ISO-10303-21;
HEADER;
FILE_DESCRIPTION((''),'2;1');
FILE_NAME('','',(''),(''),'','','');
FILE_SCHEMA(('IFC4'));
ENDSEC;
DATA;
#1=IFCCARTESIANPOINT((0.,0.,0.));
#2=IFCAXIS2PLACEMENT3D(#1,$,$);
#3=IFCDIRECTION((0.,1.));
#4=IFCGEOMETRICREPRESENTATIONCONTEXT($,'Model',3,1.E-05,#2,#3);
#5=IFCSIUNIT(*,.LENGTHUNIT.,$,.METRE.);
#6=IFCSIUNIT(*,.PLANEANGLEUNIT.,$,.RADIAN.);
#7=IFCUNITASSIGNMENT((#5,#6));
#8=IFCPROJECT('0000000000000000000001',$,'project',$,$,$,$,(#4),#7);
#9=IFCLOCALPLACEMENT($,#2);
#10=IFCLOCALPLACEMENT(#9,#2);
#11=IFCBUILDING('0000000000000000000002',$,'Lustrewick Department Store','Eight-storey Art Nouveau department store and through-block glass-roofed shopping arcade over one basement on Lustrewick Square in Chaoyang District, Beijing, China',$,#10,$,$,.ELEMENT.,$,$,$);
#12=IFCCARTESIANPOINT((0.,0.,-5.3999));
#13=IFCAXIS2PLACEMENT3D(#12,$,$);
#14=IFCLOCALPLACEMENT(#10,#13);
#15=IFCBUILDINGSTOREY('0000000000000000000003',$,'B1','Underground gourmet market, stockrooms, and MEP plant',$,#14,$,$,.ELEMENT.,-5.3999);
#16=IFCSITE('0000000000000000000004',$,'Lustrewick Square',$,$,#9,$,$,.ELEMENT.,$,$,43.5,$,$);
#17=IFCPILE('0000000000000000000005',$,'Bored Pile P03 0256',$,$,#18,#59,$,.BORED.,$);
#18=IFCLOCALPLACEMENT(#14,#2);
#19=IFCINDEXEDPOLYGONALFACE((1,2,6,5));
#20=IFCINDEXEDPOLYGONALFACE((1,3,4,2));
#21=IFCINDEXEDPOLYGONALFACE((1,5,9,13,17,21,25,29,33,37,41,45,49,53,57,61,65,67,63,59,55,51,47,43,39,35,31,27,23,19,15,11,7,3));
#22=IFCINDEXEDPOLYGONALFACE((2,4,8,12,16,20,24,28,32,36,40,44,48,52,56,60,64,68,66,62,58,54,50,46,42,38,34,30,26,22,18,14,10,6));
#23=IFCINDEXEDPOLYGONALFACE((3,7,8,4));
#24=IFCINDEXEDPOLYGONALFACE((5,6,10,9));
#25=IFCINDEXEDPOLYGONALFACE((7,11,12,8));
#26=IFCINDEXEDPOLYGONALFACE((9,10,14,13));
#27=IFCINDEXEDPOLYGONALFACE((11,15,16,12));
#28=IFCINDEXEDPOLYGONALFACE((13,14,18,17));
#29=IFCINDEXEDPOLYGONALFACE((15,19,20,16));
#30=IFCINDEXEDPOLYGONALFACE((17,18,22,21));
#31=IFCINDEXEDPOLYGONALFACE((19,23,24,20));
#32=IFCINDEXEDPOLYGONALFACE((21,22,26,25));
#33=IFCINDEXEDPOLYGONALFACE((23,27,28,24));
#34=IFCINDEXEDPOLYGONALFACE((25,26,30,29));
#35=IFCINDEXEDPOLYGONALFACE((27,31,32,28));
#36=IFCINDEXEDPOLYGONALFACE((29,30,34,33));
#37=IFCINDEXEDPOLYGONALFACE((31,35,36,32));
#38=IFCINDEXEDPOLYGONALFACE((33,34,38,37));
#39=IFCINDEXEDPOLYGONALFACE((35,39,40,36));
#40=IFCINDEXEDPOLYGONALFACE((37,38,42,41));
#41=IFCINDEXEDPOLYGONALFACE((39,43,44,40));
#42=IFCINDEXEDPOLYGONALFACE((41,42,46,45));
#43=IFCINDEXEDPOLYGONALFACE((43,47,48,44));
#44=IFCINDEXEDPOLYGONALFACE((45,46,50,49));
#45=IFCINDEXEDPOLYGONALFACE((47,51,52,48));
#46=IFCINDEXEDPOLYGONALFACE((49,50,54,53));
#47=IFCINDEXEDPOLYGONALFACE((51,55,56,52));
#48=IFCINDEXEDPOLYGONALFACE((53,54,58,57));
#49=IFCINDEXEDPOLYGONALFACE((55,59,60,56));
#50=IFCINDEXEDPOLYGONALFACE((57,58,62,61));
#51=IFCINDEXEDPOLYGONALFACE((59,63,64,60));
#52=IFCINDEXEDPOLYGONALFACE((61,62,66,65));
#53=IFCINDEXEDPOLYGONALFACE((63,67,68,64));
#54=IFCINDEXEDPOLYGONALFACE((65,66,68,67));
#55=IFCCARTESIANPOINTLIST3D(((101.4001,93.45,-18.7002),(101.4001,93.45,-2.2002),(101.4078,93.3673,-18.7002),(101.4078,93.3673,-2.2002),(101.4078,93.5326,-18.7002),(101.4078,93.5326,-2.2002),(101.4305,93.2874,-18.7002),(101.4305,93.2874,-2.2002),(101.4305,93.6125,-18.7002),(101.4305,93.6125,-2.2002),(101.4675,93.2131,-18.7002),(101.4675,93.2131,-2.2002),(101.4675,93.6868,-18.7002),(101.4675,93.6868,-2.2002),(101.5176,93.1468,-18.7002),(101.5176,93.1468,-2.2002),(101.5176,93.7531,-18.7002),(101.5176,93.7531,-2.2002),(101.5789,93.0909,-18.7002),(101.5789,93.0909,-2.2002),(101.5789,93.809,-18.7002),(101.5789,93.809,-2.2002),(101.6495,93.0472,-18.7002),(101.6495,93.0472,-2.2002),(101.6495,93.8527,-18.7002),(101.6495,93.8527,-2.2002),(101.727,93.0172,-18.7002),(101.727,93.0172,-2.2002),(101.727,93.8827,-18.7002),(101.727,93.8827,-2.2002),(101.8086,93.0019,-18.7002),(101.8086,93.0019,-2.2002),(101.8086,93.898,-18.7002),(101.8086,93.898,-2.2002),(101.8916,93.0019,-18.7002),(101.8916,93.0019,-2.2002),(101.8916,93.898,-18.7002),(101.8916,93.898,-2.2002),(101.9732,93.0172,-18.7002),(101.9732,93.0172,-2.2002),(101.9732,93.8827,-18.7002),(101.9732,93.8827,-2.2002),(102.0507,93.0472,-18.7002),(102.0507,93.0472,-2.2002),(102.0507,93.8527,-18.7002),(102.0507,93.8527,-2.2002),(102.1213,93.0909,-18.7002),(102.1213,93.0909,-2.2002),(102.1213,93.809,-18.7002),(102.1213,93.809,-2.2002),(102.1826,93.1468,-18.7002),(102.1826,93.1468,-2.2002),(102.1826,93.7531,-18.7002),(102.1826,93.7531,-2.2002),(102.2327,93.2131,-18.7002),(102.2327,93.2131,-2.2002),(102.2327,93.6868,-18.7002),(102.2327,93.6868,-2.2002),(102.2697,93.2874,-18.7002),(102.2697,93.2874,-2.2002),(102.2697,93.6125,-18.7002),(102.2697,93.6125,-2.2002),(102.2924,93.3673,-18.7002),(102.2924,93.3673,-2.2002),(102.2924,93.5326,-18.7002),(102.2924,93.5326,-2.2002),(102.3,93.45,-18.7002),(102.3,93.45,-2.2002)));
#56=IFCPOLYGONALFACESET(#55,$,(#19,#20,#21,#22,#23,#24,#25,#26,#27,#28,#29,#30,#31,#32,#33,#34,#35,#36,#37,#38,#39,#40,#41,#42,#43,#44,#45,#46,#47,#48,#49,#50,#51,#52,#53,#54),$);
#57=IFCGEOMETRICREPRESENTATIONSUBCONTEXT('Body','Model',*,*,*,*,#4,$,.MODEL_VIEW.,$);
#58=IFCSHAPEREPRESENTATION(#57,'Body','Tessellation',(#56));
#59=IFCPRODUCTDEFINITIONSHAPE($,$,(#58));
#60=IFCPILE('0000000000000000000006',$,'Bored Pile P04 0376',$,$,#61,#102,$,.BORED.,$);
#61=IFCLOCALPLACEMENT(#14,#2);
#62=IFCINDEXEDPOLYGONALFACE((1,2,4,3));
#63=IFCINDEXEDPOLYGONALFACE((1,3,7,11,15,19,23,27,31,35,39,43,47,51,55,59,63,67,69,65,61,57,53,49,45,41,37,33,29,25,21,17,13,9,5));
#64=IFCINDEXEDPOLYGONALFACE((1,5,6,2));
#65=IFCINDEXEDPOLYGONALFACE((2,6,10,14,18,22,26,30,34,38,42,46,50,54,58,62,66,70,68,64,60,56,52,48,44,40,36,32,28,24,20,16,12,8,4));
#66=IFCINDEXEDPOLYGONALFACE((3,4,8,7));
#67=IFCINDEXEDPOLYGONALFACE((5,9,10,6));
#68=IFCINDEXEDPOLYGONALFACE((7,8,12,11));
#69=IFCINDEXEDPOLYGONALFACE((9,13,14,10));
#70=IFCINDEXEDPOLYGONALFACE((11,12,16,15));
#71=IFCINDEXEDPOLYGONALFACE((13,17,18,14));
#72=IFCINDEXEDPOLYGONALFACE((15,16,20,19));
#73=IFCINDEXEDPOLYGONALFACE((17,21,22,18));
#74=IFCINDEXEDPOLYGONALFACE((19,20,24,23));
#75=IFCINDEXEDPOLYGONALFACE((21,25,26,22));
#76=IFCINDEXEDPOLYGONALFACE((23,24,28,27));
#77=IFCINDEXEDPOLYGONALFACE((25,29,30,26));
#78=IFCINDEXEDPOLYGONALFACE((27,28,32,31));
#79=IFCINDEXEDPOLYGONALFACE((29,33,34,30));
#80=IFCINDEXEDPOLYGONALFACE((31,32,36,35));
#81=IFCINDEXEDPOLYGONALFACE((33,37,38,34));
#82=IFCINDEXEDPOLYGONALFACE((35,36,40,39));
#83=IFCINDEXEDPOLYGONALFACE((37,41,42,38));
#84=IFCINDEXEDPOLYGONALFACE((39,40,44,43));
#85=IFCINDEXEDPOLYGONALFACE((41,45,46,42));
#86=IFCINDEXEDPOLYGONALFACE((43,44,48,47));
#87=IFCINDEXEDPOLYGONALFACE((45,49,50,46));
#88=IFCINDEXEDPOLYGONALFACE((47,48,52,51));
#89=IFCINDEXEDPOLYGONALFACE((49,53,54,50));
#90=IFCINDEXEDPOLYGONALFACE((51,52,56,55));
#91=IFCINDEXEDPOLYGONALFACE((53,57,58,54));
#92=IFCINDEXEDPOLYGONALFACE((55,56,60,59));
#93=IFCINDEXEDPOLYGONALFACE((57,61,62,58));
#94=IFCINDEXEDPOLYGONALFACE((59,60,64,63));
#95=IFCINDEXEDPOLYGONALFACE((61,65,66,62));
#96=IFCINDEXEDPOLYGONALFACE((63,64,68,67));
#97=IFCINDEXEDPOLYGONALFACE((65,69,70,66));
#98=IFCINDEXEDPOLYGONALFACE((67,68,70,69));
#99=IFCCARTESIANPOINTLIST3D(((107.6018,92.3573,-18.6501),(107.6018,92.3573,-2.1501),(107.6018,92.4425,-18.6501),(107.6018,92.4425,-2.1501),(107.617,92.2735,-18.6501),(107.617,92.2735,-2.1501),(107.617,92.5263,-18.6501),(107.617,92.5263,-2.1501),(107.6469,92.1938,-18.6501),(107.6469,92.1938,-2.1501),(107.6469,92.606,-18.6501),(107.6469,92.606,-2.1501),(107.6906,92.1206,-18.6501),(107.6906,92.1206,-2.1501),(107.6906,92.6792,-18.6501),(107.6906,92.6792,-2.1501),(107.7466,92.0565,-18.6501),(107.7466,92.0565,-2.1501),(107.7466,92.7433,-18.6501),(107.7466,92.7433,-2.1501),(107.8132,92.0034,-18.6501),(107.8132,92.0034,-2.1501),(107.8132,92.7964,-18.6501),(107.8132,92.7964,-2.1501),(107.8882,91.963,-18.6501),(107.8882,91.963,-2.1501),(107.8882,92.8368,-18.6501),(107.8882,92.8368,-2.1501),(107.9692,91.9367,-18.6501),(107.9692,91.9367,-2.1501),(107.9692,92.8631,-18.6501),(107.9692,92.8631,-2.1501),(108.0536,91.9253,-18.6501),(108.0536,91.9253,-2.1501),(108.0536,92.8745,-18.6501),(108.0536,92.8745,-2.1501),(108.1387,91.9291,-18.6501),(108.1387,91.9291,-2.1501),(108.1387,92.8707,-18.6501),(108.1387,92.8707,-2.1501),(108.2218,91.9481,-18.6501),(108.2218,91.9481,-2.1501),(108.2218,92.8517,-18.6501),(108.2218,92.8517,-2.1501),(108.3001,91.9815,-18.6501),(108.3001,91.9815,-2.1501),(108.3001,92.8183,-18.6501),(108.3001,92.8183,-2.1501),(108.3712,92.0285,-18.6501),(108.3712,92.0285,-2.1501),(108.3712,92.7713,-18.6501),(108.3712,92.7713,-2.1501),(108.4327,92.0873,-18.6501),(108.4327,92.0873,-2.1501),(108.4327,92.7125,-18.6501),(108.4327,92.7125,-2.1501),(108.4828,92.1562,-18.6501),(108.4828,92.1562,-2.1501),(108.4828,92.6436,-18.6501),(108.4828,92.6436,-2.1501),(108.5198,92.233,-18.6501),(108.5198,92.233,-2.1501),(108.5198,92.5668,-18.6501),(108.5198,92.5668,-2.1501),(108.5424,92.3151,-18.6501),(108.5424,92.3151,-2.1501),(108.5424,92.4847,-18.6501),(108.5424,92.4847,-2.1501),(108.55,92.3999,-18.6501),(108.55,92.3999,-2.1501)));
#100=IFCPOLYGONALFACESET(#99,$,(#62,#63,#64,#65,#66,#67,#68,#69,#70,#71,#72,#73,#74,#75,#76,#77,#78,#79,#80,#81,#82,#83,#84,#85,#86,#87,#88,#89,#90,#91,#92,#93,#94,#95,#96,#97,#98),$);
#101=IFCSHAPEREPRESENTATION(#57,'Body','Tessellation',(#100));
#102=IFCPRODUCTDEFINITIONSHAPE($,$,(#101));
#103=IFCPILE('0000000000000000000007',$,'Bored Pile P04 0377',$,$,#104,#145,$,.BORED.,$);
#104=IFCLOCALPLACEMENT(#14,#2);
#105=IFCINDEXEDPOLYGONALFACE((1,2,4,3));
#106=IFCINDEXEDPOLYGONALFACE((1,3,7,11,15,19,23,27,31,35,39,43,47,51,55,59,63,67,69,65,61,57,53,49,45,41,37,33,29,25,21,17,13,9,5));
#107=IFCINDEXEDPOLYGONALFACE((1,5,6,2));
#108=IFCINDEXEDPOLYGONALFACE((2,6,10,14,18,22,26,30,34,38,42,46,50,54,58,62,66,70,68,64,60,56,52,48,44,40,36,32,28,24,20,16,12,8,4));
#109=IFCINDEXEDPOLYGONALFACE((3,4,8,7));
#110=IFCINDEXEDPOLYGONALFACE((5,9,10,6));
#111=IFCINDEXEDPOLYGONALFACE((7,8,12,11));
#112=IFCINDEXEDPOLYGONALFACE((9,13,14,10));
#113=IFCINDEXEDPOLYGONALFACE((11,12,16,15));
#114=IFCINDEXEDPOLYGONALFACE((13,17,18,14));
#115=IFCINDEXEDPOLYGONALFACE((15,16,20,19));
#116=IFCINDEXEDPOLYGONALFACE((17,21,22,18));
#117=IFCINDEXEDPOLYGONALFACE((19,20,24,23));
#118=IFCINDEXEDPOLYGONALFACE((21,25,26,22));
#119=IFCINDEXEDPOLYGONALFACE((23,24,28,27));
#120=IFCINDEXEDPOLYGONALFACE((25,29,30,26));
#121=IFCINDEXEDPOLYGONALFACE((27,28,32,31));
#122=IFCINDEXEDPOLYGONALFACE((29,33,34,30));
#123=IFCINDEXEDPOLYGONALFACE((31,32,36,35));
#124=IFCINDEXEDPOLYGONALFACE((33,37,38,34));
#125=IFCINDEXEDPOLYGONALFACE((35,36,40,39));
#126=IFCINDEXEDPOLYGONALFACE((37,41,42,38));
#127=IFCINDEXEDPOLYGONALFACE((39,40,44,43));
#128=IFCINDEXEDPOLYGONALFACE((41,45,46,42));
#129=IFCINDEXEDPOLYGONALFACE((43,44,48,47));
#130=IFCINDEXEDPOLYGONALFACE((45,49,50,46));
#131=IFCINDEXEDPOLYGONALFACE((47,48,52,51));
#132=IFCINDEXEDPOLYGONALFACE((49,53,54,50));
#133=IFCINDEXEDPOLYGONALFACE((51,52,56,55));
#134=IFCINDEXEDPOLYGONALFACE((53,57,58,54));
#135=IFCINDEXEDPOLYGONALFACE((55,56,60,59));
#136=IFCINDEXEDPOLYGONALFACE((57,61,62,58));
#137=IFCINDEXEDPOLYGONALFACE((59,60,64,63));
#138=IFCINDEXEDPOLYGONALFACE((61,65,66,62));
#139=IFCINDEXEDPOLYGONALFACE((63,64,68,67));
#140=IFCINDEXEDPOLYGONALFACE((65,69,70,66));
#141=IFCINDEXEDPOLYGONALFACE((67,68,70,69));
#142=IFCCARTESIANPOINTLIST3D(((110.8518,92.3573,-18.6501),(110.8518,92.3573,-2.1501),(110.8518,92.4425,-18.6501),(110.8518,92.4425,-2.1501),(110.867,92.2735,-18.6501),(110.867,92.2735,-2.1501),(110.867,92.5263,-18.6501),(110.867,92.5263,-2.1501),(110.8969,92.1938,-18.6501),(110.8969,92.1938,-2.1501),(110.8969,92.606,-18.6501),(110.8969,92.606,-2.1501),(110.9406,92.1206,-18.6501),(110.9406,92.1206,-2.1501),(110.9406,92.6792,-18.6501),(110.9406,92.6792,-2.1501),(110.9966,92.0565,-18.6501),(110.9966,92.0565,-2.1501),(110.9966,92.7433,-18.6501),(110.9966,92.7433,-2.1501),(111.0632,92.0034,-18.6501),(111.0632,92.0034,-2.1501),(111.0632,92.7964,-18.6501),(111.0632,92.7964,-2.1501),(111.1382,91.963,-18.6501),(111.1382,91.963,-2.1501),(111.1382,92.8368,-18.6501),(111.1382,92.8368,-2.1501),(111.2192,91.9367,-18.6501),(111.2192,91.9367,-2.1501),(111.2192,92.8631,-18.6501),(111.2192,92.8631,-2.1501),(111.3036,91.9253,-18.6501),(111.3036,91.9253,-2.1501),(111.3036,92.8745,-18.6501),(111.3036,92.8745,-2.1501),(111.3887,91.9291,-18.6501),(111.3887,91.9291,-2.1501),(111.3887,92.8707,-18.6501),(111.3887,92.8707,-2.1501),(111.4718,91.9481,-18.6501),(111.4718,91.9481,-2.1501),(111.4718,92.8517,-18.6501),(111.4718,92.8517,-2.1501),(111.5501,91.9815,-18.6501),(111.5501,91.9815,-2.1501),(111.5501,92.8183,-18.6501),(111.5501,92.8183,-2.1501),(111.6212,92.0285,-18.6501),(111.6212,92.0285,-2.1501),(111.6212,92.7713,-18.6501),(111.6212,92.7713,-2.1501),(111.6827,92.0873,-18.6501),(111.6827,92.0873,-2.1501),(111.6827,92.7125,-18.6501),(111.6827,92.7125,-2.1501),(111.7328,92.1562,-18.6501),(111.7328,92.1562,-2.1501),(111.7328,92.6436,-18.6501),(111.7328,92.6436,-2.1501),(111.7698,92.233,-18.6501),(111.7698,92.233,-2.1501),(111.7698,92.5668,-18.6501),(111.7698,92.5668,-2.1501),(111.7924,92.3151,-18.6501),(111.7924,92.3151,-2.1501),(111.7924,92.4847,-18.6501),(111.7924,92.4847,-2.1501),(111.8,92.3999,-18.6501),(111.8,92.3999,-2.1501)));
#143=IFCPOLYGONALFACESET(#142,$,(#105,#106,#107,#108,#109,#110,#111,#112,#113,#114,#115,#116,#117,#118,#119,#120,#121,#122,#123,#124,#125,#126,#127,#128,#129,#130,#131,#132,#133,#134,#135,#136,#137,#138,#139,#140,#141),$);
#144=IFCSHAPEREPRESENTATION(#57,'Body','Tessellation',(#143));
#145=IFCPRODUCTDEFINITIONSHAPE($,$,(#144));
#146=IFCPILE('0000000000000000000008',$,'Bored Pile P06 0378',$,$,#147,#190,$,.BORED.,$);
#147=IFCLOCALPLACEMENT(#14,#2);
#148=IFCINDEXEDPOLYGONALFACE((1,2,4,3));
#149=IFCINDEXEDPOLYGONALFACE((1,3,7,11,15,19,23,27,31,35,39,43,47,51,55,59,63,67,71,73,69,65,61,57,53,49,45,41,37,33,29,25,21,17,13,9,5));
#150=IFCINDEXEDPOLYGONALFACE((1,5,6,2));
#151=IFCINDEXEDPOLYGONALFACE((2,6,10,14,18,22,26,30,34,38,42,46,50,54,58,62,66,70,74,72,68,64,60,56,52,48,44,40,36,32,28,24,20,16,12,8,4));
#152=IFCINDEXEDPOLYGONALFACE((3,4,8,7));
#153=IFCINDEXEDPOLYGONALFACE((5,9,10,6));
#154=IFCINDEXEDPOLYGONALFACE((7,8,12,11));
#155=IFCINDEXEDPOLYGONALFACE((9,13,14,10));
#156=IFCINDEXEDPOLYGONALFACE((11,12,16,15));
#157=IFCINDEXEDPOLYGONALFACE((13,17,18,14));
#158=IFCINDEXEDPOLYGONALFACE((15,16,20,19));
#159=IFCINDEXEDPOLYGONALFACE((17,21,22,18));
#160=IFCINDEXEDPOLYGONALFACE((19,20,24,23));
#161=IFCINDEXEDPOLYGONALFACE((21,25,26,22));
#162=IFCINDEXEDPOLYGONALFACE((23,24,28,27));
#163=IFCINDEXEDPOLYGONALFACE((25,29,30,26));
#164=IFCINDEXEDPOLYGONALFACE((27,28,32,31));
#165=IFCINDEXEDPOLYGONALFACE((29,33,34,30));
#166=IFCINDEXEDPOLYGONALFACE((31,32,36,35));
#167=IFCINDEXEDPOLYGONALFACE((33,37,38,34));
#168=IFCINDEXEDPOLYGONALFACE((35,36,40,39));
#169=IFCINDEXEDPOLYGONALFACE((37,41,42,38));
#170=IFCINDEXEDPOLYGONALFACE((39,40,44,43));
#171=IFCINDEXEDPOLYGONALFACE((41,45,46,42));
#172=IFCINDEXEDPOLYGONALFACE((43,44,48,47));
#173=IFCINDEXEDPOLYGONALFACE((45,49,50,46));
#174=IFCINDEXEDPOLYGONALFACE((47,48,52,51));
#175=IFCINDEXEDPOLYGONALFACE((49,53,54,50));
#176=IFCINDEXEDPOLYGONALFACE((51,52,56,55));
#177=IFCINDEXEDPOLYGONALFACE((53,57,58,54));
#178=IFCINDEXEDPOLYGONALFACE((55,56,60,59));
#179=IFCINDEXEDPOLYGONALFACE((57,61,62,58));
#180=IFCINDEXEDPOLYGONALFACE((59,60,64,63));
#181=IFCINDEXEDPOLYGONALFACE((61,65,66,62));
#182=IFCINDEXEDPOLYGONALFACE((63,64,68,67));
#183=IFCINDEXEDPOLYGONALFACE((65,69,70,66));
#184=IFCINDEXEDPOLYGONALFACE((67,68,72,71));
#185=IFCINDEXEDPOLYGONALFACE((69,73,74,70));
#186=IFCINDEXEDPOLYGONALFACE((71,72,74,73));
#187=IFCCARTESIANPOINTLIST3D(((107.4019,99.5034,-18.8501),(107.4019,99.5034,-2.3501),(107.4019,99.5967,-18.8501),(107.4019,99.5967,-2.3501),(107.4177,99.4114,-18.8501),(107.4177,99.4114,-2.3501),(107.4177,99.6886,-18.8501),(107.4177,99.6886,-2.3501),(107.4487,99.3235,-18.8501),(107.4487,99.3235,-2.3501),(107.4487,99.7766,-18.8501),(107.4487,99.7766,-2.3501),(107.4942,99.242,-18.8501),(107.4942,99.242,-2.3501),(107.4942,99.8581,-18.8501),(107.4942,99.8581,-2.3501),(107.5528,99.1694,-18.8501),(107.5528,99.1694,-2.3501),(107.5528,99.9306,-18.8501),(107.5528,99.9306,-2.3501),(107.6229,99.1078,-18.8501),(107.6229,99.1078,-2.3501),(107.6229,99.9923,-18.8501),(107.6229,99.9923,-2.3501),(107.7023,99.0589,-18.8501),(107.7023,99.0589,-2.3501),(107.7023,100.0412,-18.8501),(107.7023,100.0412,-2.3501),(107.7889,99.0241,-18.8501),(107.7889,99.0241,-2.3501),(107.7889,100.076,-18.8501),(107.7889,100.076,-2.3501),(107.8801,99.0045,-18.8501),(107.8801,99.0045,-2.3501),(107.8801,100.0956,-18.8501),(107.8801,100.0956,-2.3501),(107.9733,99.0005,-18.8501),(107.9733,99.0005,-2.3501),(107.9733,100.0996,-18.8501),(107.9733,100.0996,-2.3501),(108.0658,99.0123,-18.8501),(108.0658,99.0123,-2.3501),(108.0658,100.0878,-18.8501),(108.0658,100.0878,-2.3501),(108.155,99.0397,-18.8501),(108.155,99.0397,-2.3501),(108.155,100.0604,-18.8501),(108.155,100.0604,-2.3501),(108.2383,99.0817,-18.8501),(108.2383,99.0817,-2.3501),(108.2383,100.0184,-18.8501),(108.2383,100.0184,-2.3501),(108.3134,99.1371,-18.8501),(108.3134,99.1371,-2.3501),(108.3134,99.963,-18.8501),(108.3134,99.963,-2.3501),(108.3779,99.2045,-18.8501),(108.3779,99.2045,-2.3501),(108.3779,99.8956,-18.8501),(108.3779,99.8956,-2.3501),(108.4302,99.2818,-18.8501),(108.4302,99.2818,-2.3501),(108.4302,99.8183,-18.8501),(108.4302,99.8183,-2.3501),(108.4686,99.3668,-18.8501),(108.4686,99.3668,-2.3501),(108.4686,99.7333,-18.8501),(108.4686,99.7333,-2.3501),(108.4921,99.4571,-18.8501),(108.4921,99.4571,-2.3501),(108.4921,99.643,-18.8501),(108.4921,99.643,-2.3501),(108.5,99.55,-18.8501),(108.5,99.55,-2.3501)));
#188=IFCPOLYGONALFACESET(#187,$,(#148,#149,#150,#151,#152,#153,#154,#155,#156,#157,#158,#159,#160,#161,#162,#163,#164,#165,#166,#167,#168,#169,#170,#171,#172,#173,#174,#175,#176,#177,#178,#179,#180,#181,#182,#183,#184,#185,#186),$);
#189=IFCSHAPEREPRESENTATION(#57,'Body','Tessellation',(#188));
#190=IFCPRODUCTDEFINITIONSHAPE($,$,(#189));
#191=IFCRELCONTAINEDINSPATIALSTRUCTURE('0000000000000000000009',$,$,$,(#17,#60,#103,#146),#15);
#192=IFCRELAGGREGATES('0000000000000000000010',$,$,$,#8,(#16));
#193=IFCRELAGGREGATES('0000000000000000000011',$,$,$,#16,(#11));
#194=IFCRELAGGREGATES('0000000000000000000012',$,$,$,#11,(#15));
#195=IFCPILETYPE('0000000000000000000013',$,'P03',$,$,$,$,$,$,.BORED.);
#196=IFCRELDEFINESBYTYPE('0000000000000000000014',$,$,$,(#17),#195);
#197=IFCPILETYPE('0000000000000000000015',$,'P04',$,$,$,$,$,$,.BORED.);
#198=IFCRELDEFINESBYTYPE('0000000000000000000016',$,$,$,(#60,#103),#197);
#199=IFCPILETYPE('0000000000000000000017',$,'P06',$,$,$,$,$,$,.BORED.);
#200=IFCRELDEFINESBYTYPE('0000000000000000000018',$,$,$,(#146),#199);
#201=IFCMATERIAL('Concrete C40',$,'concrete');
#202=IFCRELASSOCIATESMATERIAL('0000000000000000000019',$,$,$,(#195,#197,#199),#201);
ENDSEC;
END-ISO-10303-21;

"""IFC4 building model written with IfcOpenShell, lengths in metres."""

from ifc_helpers import new_model, si_unit, direction, frame, origin, origin_2d, place, context, subcontext, project, spatial, circle, extrude, material, material_profile, profile_set, type_object, element, save


model = new_model("IFC4")

# Units and contexts
model_context = context("Model", 3, precision=1e-05, world=origin(), true_north=direction((0.0, 1.0)))
body_context = subcontext(model_context, "Body", "Model", "MODEL_VIEW")
ifc_project = project(units=[si_unit("LENGTHUNIT", "METRE"), si_unit("PLANEANGLEUNIT", "RADIAN")], contexts=[model_context])

# Site, building, storey
site_placement = place(None, origin())
site = spatial("IfcSite", under=ifc_project, at=site_placement, Name="Lustrewick Square", CompositionType="ELEMENT", RefElevation=43.5)
building_placement = place(site_placement, origin())
building = spatial("IfcBuilding", under=site, at=building_placement, Name="Lustrewick Department Store", Description="Eight-storey Art Nouveau department store and through-block glass-roofed shopping arcade over one basement on Lustrewick Square in Chaoyang District, Beijing, China", CompositionType="ELEMENT")
storey_placement = place(building_placement, frame((0.0, 0.0, -5.3999)))
storey = spatial("IfcBuildingStorey", under=building, at=storey_placement, Name="B1", Description="Underground gourmet market, stockrooms, and MEP plant", CompositionType="ELEMENT", Elevation=-5.3999)

# Piles
ifc_material_1 = material(Name="Concrete C40", Category="concrete")
ifc_material_profile_1 = material_profile(ifc_material_1, circle(Radius=0.45, at=origin_2d()), Name="PILE D900")
ifc_profile_set_1 = profile_set([ifc_material_profile_1], Name="Concrete C40")
pile_type_1 = type_object("IfcPileType", Name="P03", PredefinedType="BORED", material=ifc_profile_set_1)
for number, where, z_axis, x_axis, name in (
    (1, (101.8501, 93.45, -2.2002), (0.0, 0.0, -1.0), (1.0, 0.0, 0.0), "Bored Pile P03 0256"),
):
    element("IfcPile", number, at=place(storey_placement, frame(where, z_axis=z_axis, x_axis=x_axis)), inside=storey, type_object=pile_type_1, Name=name, PredefinedType="BORED", context=body_context, shape_type="SweptSolid", body=[
        extrude(circle(Radius=0.45, at=origin_2d()), origin(), (0.0, 0.0, 1.0), 16.5),
    ])
ifc_material_profile_2 = material_profile(ifc_material_1, circle(Radius=0.4751, at=origin_2d()), Name="PILE D950")
ifc_profile_set_2 = profile_set([ifc_material_profile_2], Name="Concrete C40")
pile_type_2 = type_object("IfcPileType", Name="P04", PredefinedType="BORED", material=ifc_profile_set_2)
for number, where, z_axis, x_axis, name in (
    (2, (108.075, 92.3999, -2.1501), (0.0, 0.0, -1.0), (1.0, 0.0, 0.0), "Bored Pile P04 0376"),
    (3, (111.325, 92.3999, -2.1501), (0.0, 0.0, -1.0), (1.0, 0.0, 0.0), "Bored Pile P04 0377"),
):
    element("IfcPile", number, at=place(storey_placement, frame(where, z_axis=z_axis, x_axis=x_axis)), inside=storey, type_object=pile_type_2, Name=name, PredefinedType="BORED", context=body_context, shape_type="SweptSolid", body=[
        extrude(circle(Radius=0.4751, at=origin_2d()), origin(), (0.0, 0.0, 1.0), 16.5),
    ])
ifc_material_profile_3 = material_profile(ifc_material_1, circle(Radius=0.55, at=origin_2d()), Name="PILE D1100")
ifc_profile_set_3 = profile_set([ifc_material_profile_3], Name="Concrete C40")
pile_type_3 = type_object("IfcPileType", Name="P06", PredefinedType="BORED", material=ifc_profile_set_3)
for number, where, z_axis, x_axis, name in (
    (4, (107.95, 99.55, -2.3501), (0.0, 0.0, -1.0), (1.0, 0.0, 0.0), "Bored Pile P06 0378"),
):
    element("IfcPile", number, at=place(storey_placement, frame(where, z_axis=z_axis, x_axis=x_axis)), inside=storey, type_object=pile_type_3, Name=name, PredefinedType="BORED", context=body_context, shape_type="SweptSolid", body=[
        extrude(circle(Radius=0.55, at=origin_2d()), origin(), (0.0, 0.0, 1.0), 16.5),
    ])

save(model, "model.ifc")
